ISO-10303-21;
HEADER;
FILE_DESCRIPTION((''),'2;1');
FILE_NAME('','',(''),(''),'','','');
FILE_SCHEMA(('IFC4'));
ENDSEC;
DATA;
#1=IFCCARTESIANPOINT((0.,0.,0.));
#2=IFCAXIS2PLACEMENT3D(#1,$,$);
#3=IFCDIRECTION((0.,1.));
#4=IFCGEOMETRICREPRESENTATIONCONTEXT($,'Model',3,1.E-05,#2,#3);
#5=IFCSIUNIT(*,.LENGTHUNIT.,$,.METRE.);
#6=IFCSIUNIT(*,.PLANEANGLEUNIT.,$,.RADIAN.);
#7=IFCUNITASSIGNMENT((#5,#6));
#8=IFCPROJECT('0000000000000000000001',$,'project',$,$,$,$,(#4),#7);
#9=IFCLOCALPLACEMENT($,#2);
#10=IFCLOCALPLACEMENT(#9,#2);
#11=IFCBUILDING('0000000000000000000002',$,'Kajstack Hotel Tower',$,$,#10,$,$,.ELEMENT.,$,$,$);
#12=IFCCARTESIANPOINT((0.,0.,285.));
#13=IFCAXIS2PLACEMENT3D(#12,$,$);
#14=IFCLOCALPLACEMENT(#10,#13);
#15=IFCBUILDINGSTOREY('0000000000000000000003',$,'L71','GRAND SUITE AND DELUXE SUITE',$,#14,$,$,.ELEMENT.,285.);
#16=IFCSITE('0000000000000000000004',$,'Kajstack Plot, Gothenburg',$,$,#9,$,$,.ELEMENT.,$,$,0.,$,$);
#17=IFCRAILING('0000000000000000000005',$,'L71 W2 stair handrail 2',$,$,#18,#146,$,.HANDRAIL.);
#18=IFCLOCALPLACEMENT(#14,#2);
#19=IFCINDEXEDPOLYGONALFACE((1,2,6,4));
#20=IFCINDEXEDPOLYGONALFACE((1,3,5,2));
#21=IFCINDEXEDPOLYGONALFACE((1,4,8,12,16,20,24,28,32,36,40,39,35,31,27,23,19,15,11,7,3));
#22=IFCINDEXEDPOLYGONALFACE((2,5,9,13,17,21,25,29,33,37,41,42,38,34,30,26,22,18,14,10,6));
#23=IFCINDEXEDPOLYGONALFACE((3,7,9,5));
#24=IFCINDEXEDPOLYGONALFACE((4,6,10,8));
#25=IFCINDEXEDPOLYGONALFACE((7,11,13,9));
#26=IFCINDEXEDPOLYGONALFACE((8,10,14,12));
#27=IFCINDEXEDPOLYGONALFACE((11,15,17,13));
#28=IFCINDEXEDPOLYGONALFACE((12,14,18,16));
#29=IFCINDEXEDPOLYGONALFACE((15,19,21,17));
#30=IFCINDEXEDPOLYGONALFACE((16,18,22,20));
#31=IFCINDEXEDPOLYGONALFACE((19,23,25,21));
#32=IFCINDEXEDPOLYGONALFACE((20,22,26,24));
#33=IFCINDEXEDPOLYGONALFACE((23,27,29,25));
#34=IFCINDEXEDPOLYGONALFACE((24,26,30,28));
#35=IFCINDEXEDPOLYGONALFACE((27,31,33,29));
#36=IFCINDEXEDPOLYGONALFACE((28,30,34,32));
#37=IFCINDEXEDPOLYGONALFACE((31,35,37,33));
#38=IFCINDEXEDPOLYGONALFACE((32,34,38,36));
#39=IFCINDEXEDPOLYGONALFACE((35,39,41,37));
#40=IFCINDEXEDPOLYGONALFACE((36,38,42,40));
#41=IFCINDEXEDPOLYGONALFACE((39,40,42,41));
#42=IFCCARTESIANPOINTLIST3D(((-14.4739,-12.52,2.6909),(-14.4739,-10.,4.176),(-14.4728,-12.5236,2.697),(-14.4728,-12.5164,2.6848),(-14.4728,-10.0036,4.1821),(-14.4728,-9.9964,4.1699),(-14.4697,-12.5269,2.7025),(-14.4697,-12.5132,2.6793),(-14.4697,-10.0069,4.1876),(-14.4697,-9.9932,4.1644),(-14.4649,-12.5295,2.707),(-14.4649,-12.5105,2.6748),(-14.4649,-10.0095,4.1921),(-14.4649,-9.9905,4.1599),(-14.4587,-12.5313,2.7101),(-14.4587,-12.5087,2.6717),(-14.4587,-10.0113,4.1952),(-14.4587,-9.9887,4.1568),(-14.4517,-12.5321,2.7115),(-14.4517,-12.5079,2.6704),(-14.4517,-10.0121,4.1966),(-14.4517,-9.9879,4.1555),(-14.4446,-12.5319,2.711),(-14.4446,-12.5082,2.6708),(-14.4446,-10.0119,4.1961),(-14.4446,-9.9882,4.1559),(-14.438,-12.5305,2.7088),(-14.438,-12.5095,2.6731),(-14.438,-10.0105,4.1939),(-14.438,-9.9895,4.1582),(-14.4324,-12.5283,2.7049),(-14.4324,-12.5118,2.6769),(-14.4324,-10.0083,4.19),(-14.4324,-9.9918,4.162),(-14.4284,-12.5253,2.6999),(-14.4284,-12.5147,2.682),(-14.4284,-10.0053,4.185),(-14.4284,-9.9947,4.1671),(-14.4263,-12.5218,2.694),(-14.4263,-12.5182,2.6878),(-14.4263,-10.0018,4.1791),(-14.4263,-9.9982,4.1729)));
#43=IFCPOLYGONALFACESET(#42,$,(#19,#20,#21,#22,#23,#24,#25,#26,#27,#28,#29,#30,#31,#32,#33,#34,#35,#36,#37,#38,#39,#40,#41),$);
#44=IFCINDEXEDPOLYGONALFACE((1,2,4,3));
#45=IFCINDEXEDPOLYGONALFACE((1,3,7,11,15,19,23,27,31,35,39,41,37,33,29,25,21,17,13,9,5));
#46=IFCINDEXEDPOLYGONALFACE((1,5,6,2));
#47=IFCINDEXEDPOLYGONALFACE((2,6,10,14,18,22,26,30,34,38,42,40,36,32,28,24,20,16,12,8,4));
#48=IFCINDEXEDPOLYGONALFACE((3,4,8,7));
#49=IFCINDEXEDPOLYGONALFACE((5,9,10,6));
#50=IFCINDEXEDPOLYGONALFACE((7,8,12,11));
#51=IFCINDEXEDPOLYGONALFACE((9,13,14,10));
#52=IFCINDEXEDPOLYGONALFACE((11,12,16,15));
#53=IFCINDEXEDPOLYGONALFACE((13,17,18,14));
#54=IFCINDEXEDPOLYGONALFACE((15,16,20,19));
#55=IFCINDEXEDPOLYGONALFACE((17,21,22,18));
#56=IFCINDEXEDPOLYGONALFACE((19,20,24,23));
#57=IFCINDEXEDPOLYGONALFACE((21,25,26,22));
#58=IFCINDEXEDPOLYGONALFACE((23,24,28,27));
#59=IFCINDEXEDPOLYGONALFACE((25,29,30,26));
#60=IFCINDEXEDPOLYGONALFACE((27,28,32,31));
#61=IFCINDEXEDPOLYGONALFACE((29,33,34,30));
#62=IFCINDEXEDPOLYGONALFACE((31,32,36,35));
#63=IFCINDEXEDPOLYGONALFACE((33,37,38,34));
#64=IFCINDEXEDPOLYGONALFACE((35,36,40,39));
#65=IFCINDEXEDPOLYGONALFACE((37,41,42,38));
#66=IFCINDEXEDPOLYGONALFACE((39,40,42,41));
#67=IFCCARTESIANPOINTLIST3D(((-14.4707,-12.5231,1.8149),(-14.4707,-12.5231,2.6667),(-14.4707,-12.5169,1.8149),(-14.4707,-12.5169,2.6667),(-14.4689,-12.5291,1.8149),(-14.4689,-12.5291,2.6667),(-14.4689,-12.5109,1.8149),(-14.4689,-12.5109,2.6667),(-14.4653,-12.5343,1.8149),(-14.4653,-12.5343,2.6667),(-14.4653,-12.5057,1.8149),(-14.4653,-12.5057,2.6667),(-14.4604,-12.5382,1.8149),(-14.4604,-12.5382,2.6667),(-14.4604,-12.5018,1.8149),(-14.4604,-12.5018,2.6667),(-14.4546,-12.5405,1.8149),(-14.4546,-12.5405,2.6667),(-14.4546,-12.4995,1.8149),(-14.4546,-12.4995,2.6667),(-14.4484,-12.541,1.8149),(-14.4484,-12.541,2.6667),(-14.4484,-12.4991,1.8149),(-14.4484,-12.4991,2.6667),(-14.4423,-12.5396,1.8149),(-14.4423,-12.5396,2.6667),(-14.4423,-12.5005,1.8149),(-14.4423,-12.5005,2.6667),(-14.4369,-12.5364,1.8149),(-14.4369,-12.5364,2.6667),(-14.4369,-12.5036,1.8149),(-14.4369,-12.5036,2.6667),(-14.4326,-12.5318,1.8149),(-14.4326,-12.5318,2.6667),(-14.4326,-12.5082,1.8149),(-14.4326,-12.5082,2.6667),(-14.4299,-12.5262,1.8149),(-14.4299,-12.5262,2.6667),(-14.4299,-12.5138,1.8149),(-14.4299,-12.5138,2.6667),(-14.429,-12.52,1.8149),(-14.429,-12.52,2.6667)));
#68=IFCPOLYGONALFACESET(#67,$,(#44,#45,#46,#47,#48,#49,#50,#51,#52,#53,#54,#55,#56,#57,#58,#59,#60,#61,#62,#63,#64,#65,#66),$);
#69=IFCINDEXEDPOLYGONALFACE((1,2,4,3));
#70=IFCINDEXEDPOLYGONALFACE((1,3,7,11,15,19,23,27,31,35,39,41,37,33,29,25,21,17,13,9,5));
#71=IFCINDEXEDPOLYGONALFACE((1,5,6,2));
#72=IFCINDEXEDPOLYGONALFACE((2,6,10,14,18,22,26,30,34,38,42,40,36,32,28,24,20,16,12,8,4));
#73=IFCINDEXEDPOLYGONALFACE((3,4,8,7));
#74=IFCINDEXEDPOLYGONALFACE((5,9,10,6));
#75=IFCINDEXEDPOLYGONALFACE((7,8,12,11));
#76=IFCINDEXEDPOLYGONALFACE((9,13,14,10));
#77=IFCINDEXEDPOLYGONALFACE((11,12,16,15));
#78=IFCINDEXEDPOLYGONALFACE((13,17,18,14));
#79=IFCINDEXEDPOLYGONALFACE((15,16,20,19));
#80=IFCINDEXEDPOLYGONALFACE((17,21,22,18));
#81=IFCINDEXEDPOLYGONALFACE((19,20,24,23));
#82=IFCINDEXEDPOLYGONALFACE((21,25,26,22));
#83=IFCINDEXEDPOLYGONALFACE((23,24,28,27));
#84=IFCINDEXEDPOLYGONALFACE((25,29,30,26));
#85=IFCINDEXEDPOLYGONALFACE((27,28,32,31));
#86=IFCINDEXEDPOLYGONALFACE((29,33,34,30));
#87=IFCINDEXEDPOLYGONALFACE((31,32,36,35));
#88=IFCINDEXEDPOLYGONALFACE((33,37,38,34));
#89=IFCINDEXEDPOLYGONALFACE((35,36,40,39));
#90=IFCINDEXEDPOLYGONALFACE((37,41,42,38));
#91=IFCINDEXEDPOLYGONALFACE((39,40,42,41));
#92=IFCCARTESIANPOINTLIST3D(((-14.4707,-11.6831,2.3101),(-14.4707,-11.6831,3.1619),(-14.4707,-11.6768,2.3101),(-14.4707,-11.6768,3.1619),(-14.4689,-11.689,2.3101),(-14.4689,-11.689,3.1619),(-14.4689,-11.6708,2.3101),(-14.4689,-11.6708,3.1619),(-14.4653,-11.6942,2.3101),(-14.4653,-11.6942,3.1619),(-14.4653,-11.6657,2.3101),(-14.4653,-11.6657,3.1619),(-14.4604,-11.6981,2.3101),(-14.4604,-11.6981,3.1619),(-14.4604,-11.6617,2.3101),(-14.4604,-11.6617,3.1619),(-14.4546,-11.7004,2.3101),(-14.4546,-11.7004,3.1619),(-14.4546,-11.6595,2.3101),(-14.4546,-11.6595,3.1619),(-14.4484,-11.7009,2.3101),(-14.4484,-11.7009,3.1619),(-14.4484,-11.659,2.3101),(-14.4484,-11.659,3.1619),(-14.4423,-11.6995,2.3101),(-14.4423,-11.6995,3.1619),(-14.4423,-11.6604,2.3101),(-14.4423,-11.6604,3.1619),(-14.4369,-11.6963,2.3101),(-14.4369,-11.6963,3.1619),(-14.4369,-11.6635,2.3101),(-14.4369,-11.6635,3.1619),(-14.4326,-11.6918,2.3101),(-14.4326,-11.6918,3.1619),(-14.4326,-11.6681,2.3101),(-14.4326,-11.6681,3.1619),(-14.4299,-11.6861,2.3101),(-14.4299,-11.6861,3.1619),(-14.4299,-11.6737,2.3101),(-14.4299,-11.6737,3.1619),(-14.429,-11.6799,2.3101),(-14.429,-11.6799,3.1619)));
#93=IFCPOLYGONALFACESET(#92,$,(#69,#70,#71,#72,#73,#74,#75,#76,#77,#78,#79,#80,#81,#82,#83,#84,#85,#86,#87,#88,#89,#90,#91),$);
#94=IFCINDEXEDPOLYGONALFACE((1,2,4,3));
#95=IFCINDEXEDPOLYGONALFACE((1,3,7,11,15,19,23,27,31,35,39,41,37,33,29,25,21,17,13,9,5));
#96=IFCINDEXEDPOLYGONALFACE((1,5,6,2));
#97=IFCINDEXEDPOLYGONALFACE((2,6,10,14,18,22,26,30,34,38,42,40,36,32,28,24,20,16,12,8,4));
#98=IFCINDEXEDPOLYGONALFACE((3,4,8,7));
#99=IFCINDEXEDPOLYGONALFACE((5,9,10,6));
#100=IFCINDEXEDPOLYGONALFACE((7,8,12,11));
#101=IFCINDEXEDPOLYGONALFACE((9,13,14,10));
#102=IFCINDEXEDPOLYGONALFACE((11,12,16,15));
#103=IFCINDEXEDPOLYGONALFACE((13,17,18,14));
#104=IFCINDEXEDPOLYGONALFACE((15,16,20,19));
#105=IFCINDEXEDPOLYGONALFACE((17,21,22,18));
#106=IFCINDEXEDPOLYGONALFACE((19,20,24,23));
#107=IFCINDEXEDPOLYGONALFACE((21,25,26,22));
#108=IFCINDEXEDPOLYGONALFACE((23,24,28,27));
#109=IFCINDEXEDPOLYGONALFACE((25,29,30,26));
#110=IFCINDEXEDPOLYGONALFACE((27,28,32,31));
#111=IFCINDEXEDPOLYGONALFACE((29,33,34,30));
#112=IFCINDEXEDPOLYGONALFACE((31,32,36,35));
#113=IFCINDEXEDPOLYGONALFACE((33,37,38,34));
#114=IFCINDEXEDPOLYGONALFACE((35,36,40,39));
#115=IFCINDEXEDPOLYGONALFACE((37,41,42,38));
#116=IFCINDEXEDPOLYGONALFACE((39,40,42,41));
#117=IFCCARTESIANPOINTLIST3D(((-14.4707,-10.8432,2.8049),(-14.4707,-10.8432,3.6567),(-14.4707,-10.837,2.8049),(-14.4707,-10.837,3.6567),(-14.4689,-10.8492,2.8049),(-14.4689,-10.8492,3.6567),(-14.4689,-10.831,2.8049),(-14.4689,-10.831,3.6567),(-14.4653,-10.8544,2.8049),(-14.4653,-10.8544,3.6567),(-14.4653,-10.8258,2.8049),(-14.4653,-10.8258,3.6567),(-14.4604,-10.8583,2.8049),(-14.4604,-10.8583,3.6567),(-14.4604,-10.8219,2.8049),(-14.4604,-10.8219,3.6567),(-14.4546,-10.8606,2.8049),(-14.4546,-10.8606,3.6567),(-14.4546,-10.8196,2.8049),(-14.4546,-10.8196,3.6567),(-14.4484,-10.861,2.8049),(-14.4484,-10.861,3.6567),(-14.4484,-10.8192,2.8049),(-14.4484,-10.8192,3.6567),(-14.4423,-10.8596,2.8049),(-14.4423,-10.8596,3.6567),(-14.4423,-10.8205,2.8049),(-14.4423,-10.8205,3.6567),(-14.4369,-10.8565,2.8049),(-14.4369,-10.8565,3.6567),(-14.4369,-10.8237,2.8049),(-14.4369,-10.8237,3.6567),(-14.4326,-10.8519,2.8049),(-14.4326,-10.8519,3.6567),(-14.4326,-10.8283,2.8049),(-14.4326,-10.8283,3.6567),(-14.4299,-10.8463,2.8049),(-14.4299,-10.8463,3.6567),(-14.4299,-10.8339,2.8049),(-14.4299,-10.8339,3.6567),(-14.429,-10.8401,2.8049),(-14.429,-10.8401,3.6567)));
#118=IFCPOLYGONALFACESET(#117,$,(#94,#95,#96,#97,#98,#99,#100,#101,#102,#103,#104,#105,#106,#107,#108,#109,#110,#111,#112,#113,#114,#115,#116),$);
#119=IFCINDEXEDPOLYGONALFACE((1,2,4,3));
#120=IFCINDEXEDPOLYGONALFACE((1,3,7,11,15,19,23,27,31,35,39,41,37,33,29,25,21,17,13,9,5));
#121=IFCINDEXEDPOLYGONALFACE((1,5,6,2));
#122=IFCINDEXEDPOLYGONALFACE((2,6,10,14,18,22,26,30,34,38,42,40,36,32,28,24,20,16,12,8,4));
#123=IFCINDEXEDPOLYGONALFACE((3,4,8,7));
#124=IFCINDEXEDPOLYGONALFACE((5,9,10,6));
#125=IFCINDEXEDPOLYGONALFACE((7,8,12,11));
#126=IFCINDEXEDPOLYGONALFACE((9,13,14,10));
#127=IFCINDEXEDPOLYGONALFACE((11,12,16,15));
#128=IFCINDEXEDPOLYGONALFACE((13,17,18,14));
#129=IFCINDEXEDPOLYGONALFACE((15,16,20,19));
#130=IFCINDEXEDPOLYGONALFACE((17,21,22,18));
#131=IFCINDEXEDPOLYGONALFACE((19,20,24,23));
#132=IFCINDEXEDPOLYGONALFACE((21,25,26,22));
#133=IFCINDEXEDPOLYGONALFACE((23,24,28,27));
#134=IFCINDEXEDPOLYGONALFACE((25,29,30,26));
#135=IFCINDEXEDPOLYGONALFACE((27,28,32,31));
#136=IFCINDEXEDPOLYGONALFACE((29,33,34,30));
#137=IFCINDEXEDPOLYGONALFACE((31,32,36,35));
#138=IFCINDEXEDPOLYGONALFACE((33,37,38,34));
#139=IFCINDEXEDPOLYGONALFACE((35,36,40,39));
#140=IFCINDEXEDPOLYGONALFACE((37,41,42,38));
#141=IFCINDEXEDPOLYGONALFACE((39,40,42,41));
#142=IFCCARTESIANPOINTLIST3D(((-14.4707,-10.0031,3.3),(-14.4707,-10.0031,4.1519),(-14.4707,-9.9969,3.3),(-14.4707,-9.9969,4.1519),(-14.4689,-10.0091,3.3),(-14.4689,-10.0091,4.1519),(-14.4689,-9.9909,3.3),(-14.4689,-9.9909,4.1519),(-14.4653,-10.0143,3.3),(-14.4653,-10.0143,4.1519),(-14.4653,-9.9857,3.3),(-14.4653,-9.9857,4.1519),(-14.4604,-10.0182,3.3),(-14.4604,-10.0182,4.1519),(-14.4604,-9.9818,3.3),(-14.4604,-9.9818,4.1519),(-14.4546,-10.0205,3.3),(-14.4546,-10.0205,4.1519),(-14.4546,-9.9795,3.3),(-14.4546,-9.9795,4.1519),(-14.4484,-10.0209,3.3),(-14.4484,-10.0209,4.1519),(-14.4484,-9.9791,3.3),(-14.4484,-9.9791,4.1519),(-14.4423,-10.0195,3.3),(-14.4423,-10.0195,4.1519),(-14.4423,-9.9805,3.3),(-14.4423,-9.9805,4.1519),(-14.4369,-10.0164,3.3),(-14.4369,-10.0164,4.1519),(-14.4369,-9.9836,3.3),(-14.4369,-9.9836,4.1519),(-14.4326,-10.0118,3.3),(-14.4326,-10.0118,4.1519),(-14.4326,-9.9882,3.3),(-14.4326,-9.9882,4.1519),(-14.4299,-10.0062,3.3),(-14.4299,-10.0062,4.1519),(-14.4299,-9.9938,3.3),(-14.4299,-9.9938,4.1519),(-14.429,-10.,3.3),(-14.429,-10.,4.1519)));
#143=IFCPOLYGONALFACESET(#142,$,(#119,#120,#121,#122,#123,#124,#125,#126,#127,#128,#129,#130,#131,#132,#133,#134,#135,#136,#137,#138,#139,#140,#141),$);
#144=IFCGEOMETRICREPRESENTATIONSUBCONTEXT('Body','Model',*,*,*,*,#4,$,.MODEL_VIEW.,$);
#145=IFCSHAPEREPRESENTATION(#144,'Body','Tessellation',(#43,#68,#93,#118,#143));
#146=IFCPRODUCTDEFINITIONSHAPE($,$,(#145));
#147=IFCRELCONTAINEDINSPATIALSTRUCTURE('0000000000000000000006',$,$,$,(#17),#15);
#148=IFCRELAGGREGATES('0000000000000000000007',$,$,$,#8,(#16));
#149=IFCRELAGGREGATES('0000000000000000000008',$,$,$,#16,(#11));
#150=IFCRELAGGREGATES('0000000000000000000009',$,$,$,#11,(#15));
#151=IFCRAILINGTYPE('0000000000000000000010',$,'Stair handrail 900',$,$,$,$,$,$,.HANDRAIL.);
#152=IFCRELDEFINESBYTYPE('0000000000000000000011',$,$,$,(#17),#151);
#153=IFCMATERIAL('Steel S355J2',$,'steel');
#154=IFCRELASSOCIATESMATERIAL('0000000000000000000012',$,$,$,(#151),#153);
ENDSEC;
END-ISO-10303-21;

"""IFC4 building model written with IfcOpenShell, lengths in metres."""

from ifc_helpers import new_model, si_unit, direction, frame, origin, origin_2d, place, context, subcontext, project, spatial, circle, extrude, material, type_object, element, save


model = new_model("IFC4")

# Units and contexts
model_context = context("Model", 3, precision=1e-05, world=origin(), true_north=direction((0.0, 1.0)))
body_context = subcontext(model_context, "Body", "Model", "MODEL_VIEW")
ifc_project = project(units=[si_unit("LENGTHUNIT", "METRE"), si_unit("PLANEANGLEUNIT", "RADIAN")], contexts=[model_context])

# Site, building, storey
site_placement = place(None, origin())
site = spatial("IfcSite", under=ifc_project, at=site_placement, Name="Kajstack Plot, Gothenburg", CompositionType="ELEMENT", RefElevation=0.0)
building_placement = place(site_placement, origin())
building = spatial("IfcBuilding", under=site, at=building_placement, Name="Kajstack Hotel Tower", CompositionType="ELEMENT")
storey_placement = place(building_placement, frame((0.0, 0.0, 285.0)))
storey = spatial("IfcBuildingStorey", under=building, at=storey_placement, Name="L71", Description="GRAND SUITE AND DELUXE SUITE", CompositionType="ELEMENT", Elevation=285.0)

# Railing
ifc_material_1 = material(Name="Steel S355J2", Category="steel")
railing_type_1 = type_object("IfcRailingType", Name="Stair handrail 900", PredefinedType="HANDRAIL", material=ifc_material_1)
railing_1_placement = place(storey_placement, frame((-14.45, -12.52, 1.8149)))
element("IfcRailing", 1, at=railing_1_placement, inside=storey, type_object=railing_type_1, Name="L71 W2 stair handrail 2", PredefinedType="HANDRAIL", context=body_context, shape_type="SweptSolid", body=[
    extrude(circle(Radius=0.0239, at=origin_2d()), frame((0.0, 0.0, 0.876), z_axis=(0.0, 0.861524, 0.507717), x_axis=(-1.0, 0.0, 0.0)), (0.0, 0.0, 1.0), 2.925),
    extrude(circle(Radius=0.021, at=origin_2d()), origin(), (0.0, 0.0, 1.0), 0.8518),
    extrude(circle(Radius=0.021, at=origin_2d()), frame((0.0, 0.8401, 0.4951)), (0.0, 0.0, 1.0), 0.8518),
    extrude(circle(Radius=0.021, at=origin_2d()), frame((0.0, 1.6799, 0.99)), (0.0, 0.0, 1.0), 0.8518),
    extrude(circle(Radius=0.021, at=origin_2d()), frame((0.0, 2.52, 1.4851)), (0.0, 0.0, 1.0), 0.8518),
])

save(model, "model.ifc")
